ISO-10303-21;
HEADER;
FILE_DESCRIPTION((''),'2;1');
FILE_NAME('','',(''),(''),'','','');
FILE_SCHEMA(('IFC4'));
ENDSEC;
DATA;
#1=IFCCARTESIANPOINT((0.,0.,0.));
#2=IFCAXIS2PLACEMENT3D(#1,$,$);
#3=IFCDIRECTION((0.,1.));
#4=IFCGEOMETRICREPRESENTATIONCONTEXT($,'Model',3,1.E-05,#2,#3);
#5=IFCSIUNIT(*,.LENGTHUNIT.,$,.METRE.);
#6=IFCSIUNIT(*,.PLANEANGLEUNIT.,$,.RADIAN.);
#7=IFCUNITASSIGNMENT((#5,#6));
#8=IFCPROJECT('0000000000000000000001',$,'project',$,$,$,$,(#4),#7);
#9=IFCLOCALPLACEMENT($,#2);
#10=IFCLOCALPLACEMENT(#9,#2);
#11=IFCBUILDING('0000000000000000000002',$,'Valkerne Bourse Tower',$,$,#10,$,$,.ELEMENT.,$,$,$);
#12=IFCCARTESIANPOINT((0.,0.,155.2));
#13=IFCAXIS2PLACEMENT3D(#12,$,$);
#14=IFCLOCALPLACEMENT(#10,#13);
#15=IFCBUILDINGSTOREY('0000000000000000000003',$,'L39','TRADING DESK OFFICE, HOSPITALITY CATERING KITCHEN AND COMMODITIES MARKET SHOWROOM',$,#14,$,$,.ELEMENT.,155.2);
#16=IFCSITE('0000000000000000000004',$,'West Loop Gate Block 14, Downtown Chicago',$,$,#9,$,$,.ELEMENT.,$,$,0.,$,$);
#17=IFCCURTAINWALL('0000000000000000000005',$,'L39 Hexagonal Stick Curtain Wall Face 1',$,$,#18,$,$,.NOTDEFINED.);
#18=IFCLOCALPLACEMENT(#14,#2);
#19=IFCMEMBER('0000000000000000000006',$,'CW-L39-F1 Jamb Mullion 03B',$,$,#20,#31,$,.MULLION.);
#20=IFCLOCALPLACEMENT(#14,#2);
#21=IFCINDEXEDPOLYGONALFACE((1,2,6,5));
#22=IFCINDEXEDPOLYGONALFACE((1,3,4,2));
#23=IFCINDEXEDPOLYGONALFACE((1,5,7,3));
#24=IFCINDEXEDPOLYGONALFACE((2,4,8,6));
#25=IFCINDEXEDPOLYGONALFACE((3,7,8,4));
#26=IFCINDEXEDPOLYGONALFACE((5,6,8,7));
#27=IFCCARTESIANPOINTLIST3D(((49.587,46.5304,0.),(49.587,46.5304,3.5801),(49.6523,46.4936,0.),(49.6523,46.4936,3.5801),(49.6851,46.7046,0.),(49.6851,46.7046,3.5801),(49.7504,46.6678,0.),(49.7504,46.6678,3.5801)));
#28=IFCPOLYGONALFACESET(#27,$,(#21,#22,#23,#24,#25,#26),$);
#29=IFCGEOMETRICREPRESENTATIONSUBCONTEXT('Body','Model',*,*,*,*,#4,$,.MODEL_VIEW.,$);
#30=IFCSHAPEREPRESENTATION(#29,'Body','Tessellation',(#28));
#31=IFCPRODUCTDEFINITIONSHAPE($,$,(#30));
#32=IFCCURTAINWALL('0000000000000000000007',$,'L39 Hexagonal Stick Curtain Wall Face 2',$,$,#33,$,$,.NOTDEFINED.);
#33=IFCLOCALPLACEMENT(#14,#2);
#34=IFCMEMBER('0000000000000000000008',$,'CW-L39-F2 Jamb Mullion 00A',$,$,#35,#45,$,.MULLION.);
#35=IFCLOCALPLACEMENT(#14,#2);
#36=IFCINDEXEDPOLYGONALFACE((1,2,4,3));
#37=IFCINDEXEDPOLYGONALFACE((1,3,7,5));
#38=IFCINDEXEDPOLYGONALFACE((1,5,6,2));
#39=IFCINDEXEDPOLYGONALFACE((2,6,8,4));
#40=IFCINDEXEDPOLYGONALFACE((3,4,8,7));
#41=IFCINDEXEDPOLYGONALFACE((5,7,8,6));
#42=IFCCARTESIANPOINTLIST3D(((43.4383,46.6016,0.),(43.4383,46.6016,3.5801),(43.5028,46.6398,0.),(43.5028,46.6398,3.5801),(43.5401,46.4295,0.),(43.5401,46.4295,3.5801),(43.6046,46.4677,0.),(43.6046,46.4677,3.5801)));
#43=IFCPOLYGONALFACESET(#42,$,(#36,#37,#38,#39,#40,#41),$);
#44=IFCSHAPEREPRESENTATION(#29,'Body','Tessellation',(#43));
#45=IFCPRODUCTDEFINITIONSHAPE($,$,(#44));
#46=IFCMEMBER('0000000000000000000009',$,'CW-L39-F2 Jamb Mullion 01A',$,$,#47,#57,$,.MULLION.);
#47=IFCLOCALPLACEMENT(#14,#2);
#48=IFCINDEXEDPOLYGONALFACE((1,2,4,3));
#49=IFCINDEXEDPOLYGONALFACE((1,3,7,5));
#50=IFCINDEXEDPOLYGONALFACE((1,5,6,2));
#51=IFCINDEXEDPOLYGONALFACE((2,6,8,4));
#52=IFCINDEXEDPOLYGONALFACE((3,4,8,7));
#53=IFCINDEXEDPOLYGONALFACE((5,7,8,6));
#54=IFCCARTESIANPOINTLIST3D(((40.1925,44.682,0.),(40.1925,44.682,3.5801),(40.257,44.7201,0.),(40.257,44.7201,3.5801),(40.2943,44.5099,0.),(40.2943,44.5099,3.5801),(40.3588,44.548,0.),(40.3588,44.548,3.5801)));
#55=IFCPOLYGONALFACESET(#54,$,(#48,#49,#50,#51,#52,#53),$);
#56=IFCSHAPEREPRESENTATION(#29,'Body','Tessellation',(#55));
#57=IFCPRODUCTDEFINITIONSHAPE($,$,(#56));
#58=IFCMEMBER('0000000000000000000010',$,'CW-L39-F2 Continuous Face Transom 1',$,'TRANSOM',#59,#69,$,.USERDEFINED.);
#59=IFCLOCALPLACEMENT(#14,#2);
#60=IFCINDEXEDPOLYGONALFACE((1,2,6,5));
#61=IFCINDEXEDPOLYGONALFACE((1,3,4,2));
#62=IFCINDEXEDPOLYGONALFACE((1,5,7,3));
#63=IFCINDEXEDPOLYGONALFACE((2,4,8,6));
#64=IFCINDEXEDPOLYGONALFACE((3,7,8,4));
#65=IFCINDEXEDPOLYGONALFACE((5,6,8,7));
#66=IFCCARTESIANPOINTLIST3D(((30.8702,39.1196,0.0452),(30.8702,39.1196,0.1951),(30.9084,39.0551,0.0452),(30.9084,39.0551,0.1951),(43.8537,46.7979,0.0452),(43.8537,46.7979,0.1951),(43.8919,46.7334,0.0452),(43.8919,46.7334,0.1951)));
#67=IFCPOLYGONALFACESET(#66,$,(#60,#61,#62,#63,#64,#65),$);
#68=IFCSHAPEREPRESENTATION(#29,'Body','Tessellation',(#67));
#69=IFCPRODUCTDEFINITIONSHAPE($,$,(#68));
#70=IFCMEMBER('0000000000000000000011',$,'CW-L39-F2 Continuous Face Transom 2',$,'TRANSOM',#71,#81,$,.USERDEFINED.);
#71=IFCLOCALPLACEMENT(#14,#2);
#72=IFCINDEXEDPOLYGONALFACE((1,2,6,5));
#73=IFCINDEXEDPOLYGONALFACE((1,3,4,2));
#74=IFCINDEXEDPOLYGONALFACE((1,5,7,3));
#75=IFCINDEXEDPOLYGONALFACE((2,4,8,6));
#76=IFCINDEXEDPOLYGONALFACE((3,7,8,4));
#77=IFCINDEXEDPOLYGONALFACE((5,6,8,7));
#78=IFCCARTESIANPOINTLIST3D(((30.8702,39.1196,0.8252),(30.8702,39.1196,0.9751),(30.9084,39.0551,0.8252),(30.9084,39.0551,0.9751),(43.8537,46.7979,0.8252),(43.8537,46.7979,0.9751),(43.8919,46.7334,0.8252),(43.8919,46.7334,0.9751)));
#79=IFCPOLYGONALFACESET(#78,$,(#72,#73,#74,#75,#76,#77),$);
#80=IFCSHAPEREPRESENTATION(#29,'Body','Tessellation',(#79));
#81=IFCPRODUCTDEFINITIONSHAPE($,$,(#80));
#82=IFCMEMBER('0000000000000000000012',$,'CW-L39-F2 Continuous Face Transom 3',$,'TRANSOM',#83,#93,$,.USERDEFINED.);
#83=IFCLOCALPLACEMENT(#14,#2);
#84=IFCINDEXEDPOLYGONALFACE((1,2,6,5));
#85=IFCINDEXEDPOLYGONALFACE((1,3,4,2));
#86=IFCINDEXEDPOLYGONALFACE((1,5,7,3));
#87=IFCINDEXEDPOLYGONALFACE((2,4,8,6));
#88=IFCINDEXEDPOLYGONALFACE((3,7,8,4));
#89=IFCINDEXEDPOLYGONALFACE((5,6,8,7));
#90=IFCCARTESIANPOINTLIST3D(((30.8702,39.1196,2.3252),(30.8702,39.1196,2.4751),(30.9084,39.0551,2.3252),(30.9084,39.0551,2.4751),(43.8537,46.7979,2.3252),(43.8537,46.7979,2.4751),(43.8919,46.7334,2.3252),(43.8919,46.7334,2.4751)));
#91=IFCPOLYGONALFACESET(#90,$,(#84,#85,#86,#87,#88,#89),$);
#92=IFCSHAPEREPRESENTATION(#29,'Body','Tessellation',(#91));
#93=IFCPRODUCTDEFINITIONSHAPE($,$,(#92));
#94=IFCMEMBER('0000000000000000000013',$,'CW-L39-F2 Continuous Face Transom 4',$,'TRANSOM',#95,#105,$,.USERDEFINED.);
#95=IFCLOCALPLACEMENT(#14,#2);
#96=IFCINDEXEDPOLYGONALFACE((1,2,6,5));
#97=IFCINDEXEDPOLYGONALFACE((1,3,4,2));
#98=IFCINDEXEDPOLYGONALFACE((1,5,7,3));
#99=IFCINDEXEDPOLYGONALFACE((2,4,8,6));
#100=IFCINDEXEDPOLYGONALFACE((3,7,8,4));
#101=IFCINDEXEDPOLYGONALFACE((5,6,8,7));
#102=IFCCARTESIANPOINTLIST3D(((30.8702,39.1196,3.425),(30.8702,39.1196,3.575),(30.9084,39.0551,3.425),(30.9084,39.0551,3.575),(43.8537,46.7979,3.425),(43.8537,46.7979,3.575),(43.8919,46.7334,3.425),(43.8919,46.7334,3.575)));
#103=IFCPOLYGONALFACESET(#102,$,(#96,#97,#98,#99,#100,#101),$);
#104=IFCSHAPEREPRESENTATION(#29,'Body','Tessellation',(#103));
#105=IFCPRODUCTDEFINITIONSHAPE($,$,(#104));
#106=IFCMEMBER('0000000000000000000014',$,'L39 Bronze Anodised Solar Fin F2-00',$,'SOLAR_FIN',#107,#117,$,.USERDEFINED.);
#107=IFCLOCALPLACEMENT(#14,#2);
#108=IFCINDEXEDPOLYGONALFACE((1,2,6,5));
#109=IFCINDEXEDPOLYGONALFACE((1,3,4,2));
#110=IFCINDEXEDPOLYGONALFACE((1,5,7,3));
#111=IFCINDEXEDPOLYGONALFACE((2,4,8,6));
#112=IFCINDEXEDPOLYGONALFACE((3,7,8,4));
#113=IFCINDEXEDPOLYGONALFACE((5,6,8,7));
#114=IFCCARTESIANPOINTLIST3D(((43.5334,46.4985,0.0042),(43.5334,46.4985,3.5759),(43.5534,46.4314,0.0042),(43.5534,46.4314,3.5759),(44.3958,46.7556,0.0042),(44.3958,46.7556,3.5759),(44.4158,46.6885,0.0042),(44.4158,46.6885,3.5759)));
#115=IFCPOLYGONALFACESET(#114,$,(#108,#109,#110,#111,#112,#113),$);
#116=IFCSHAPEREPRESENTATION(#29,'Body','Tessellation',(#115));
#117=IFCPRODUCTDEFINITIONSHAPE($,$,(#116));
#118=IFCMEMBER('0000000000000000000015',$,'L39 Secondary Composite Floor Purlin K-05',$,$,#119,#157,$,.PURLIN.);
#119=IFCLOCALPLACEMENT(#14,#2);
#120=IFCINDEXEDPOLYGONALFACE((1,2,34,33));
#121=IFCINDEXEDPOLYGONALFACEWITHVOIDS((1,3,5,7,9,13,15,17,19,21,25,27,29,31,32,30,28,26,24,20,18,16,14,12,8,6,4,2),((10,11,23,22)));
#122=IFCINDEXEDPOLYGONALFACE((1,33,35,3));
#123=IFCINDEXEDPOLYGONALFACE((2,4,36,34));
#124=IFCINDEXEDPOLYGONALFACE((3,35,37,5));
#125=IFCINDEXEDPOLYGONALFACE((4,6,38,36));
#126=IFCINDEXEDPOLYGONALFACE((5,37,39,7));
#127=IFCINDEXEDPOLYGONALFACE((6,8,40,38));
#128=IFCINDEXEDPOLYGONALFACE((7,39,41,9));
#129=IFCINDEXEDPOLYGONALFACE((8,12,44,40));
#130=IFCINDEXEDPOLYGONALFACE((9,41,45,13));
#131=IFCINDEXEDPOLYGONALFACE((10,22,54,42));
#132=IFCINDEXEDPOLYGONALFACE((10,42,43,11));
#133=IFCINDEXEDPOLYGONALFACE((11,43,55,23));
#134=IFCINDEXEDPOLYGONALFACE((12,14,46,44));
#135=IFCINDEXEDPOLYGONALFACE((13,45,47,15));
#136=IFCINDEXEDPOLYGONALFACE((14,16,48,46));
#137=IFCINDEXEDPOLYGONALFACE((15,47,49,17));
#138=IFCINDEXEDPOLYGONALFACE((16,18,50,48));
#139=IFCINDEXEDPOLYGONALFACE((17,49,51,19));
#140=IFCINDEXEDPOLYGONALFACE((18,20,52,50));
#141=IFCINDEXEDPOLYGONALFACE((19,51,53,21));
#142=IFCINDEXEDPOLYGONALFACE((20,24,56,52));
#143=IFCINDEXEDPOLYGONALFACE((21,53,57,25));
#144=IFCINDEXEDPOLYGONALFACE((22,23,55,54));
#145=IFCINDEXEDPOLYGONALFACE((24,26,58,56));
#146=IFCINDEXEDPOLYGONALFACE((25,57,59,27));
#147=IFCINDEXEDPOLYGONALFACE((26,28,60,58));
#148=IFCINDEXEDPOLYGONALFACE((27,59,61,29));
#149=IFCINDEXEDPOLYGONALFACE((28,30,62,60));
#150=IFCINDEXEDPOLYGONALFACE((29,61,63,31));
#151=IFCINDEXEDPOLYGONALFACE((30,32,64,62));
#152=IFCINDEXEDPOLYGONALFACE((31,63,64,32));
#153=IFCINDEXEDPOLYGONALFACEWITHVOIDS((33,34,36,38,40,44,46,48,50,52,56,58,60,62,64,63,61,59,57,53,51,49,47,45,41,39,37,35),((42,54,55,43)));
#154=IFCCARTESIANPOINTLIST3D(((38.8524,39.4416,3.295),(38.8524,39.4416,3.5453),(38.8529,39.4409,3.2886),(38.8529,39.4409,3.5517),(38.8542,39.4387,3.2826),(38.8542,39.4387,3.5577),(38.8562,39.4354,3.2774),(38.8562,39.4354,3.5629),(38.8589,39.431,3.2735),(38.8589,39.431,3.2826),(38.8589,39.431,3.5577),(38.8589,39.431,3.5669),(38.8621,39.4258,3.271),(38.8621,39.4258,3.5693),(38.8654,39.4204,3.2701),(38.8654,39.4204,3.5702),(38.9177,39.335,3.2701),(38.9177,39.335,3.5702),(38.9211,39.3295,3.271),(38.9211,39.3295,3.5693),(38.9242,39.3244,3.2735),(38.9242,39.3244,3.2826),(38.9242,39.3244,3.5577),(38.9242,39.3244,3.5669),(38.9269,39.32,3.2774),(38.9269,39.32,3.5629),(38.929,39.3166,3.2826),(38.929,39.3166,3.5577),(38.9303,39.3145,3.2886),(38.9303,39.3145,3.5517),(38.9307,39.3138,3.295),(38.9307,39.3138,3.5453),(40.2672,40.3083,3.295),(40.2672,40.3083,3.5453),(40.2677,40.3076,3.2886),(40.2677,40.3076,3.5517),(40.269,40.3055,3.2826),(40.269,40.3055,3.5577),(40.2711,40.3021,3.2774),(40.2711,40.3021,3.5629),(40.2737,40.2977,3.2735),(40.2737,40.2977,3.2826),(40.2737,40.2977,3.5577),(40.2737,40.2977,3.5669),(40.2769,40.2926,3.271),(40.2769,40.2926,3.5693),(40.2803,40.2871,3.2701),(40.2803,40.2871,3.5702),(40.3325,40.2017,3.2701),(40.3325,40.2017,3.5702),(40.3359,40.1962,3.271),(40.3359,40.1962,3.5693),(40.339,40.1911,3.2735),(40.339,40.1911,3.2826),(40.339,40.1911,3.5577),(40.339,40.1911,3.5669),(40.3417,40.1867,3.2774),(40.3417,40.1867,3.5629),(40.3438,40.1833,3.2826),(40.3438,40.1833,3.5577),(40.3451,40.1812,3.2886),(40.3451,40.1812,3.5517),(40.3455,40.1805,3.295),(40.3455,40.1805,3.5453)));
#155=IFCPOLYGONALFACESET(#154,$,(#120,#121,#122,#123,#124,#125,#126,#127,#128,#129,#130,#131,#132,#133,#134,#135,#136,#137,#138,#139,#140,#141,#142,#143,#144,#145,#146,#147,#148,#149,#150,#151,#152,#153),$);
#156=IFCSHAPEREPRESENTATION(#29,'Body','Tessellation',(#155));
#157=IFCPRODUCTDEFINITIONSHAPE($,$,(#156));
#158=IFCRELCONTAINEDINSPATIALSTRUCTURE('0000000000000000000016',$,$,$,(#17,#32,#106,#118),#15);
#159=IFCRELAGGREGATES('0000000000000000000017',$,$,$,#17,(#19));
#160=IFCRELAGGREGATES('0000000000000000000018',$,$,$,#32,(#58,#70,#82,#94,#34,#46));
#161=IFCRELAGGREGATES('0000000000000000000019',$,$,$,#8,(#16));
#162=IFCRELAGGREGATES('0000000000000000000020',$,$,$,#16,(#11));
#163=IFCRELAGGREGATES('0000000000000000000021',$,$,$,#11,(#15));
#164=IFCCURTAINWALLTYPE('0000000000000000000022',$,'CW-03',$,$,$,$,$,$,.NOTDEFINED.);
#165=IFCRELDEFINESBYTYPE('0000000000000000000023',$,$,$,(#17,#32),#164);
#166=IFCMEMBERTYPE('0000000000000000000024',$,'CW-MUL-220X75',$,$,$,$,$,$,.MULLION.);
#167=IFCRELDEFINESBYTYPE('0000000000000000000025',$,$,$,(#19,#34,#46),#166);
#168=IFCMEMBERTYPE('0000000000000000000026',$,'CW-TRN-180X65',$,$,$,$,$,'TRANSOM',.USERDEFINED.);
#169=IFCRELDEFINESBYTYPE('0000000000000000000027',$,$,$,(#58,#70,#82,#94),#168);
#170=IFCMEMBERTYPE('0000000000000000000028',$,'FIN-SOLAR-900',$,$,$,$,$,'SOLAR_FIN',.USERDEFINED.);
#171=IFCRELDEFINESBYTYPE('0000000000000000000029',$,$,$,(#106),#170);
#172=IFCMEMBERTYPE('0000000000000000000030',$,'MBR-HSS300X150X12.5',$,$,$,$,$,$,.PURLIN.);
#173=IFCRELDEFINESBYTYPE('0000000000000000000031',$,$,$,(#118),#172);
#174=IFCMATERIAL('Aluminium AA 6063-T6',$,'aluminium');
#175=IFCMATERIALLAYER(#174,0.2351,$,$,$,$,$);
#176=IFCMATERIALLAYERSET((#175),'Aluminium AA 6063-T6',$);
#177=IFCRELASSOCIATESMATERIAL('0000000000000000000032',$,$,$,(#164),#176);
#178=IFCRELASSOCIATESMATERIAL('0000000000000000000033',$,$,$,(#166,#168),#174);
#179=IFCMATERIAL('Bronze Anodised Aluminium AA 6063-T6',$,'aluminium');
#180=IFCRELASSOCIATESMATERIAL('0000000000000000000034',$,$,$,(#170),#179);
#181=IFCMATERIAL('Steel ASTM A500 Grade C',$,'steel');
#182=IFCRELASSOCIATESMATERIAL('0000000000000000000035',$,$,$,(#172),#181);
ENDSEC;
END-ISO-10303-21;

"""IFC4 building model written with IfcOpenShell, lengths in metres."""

from ifc_helpers import new_model, si_unit, direction, frame, origin, origin_2d, place, context, subcontext, project, spatial, rectangle, hollow_rectangle, extrude, material, layer, layer_set, material_profile, profile_set, type_object, element, aggregate, save


model = new_model("IFC4")

# Units and contexts
model_context = context("Model", 3, precision=1e-05, world=origin(), true_north=direction((0.0, 1.0)))
body_context = subcontext(model_context, "Body", "Model", "MODEL_VIEW")
ifc_project = project(units=[si_unit("LENGTHUNIT", "METRE"), si_unit("PLANEANGLEUNIT", "RADIAN")], contexts=[model_context])

# Site, building, storey
site_placement = place(None, origin())
site = spatial("IfcSite", under=ifc_project, at=site_placement, Name="West Loop Gate Block 14, Downtown Chicago", CompositionType="ELEMENT", RefElevation=0.0)
building_placement = place(site_placement, origin())
building = spatial("IfcBuilding", under=site, at=building_placement, Name="Valkerne Bourse Tower", CompositionType="ELEMENT")
storey_placement = place(building_placement, frame((0.0, 0.0, 155.2)))
storey = spatial("IfcBuildingStorey", under=building, at=storey_placement, Name="L39", Description="TRADING DESK OFFICE, HOSPITALITY CATERING KITCHEN AND COMMODITIES MARKET SHOWROOM", CompositionType="ELEMENT", Elevation=155.2)

# Curtain wall, member
ifc_material_1 = material(Name="Aluminium AA 6063-T6", Category="aluminium")
ifc_layer_1 = layer(ifc_material_1, 0.2351)
ifc_layer_set_1 = layer_set([ifc_layer_1], Name="Aluminium AA 6063-T6")
curtain_wall_type = type_object("IfcCurtainWallType", Name="CW-03", PredefinedType="NOTDEFINED", material=ifc_layer_set_1)
curtain_wall_1_placement = place(storey_placement, origin())
curtain_wall_1 = element("IfcCurtainWall", 1, at=curtain_wall_1_placement, inside=storey, type_object=curtain_wall_type, Name="L39 Hexagonal Stick Curtain Wall Face 1", PredefinedType="NOTDEFINED")
ifc_material_profile_1 = material_profile(ifc_material_1, rectangle(XDim=0.075, YDim=0.2, at=origin_2d()), Name="CWM-75X200")
ifc_profile_set_1 = profile_set([ifc_material_profile_1], Name="Aluminium AA 6063-T6")
member_type_1 = type_object("IfcMemberType", Name="CW-MUL-220X75", PredefinedType="MULLION", material=ifc_profile_set_1)
member_1_placement = place(storey_placement, frame((49.6687, 46.5991, 0.0), z_axis=(0.0, 0.0, 1.0), x_axis=(-0.871211, 0.49091, 0.0)))
member_1 = element("IfcMember", 2, at=member_1_placement, type_object=member_type_1, Name="CW-L39-F1 Jamb Mullion 03B", PredefinedType="MULLION", context=body_context, shape_type="SweptSolid", body=[
    extrude(rectangle(XDim=0.075, YDim=0.2, at=origin_2d()), origin(), (0.0, 0.0, 1.0), 3.5801),
])

# Curtain wall, members
curtain_wall_2_placement = place(storey_placement, origin())
curtain_wall_2 = element("IfcCurtainWall", 3, at=curtain_wall_2_placement, inside=storey, type_object=curtain_wall_type, Name="L39 Hexagonal Stick Curtain Wall Face 2", PredefinedType="NOTDEFINED")
member_2_placement = place(storey_placement, frame((43.5215, 46.5347, 0.0), z_axis=(0.0, 0.0, 1.0), x_axis=(-0.860744, -0.509038, 0.0)))
member_2 = element("IfcMember", 4, at=member_2_placement, type_object=member_type_1, Name="CW-L39-F2 Jamb Mullion 00A", PredefinedType="MULLION", context=body_context, shape_type="SweptSolid", body=[
    extrude(rectangle(XDim=0.075, YDim=0.2, at=origin_2d()), origin(), (0.0, 0.0, 1.0), 3.5801),
])
member_3_placement = place(storey_placement, frame((40.2756, 44.615, 0.0), z_axis=(0.0, 0.0, 1.0), x_axis=(-0.860744, -0.509038, 0.0)))
member_3 = element("IfcMember", 5, at=member_3_placement, type_object=member_type_1, Name="CW-L39-F2 Jamb Mullion 01A", PredefinedType="MULLION", context=body_context, shape_type="SweptSolid", body=[
    extrude(rectangle(XDim=0.075, YDim=0.2, at=origin_2d()), origin(), (0.0, 0.0, 1.0), 3.5801),
])
ifc_material_profile_2 = material_profile(ifc_material_1, rectangle(XDim=0.075, YDim=0.1499, at=origin_2d()), Name="CWT-75X150")
ifc_profile_set_2 = profile_set([ifc_material_profile_2], Name="Aluminium AA 6063-T6")
member_type_2 = type_object("IfcMemberType", Name="CW-TRN-180X65", ElementType="TRANSOM", PredefinedType="USERDEFINED", material=ifc_profile_set_2)
member_4_placement = place(storey_placement, frame((43.8728, 46.7656, 0.1201), z_axis=(-0.860746, -0.509035, 0.0), x_axis=(0.509035, -0.860746, 0.0)))
member_4 = element("IfcMember", 6, at=member_4_placement, type_object=member_type_2, Name="CW-L39-F2 Continuous Face Transom 1", ObjectType="TRANSOM", PredefinedType="USERDEFINED", context=body_context, shape_type="SweptSolid", body=[
    extrude(rectangle(XDim=0.075, YDim=0.1499, at=origin_2d()), origin(), (0.0, 0.0, 1.0), 15.084),
])
member_5_placement = place(storey_placement, frame((43.8728, 46.7656, 0.9001), z_axis=(-0.860746, -0.509035, 0.0), x_axis=(0.509035, -0.860746, 0.0)))
member_5 = element("IfcMember", 7, at=member_5_placement, type_object=member_type_2, Name="CW-L39-F2 Continuous Face Transom 2", ObjectType="TRANSOM", PredefinedType="USERDEFINED", context=body_context, shape_type="SweptSolid", body=[
    extrude(rectangle(XDim=0.075, YDim=0.1499, at=origin_2d()), origin(), (0.0, 0.0, 1.0), 15.084),
])
member_6_placement = place(storey_placement, frame((43.8728, 46.7656, 2.4001), z_axis=(-0.860746, -0.509035, 0.0), x_axis=(0.509035, -0.860746, 0.0)))
member_6 = element("IfcMember", 8, at=member_6_placement, type_object=member_type_2, Name="CW-L39-F2 Continuous Face Transom 3", ObjectType="TRANSOM", PredefinedType="USERDEFINED", context=body_context, shape_type="SweptSolid", body=[
    extrude(rectangle(XDim=0.075, YDim=0.1499, at=origin_2d()), origin(), (0.0, 0.0, 1.0), 15.084),
])
member_7_placement = place(storey_placement, frame((43.8728, 46.7656, 3.5), z_axis=(-0.860746, -0.509035, 0.0), x_axis=(0.509035, -0.860746, 0.0)))
member_7 = element("IfcMember", 9, at=member_7_placement, type_object=member_type_2, Name="CW-L39-F2 Continuous Face Transom 4", ObjectType="TRANSOM", PredefinedType="USERDEFINED", context=body_context, shape_type="SweptSolid", body=[
    extrude(rectangle(XDim=0.075, YDim=0.1499, at=origin_2d()), origin(), (0.0, 0.0, 1.0), 15.084),
])

# Members
ifc_material_2 = material(Name="Bronze Anodised Aluminium AA 6063-T6", Category="aluminium")
ifc_material_profile_3 = material_profile(ifc_material_2, rectangle(XDim=0.0701, YDim=0.8999, at=origin_2d()), Name="FIN-70X900")
ifc_profile_set_3 = profile_set([ifc_material_profile_3], Name="Bronze Anodised Aluminium AA 6063-T6")
member_type_3 = type_object("IfcMemberType", Name="FIN-SOLAR-900", ElementType="SOLAR_FIN", PredefinedType="USERDEFINED", material=ifc_profile_set_3)
member_8_placement = place(storey_placement, frame((43.9746, 46.5935, 0.0042), z_axis=(0.0, 0.0, 1.0), x_axis=(-0.285713, 0.958315, 0.0)))
element("IfcMember", 10, at=member_8_placement, inside=storey, type_object=member_type_3, Name="L39 Bronze Anodised Solar Fin F2-00", ObjectType="SOLAR_FIN", PredefinedType="USERDEFINED", context=body_context, shape_type="SweptSolid", body=[
    extrude(rectangle(XDim=0.0701, YDim=0.8999, at=origin_2d()), origin(), (0.0, 0.0, 1.0), 3.5718),
])
ifc_material_3 = material(Name="Steel ASTM A500 Grade C", Category="steel")
ifc_material_profile_4 = material_profile(ifc_material_3, hollow_rectangle(XDim=0.1499, YDim=0.3, WallThickness=0.0125, OuterFilletRadius=0.0249, at=origin_2d()), Name="HSS300X150X12.5")
ifc_profile_set_4 = profile_set([ifc_material_profile_4], Name="Steel ASTM A500 Grade C")
member_type_4 = type_object("IfcMemberType", Name="MBR-HSS300X150X12.5", PredefinedType="PURLIN", material=ifc_profile_set_4)
member_9_placement = place(storey_placement, frame((40.3064, 40.2444, 3.4202), z_axis=(-0.852718, -0.522372, 0.0), x_axis=(0.522372, -0.852718, 0.0)))
element("IfcMember", 11, at=member_9_placement, inside=storey, type_object=member_type_4, Name="L39 Secondary Composite Floor Purlin K-05", PredefinedType="PURLIN", context=body_context, shape_type="SweptSolid", body=[
    extrude(hollow_rectangle(XDim=0.1499, YDim=0.3, WallThickness=0.0125, OuterFilletRadius=0.0249, at=origin_2d()), origin(), (0.0, 0.0, 1.0), 1.6592),
])

aggregate(curtain_wall_1, [member_1])
aggregate(curtain_wall_2, [member_4, member_5, member_6, member_7, member_2, member_3])

save(model, "model.ifc")
